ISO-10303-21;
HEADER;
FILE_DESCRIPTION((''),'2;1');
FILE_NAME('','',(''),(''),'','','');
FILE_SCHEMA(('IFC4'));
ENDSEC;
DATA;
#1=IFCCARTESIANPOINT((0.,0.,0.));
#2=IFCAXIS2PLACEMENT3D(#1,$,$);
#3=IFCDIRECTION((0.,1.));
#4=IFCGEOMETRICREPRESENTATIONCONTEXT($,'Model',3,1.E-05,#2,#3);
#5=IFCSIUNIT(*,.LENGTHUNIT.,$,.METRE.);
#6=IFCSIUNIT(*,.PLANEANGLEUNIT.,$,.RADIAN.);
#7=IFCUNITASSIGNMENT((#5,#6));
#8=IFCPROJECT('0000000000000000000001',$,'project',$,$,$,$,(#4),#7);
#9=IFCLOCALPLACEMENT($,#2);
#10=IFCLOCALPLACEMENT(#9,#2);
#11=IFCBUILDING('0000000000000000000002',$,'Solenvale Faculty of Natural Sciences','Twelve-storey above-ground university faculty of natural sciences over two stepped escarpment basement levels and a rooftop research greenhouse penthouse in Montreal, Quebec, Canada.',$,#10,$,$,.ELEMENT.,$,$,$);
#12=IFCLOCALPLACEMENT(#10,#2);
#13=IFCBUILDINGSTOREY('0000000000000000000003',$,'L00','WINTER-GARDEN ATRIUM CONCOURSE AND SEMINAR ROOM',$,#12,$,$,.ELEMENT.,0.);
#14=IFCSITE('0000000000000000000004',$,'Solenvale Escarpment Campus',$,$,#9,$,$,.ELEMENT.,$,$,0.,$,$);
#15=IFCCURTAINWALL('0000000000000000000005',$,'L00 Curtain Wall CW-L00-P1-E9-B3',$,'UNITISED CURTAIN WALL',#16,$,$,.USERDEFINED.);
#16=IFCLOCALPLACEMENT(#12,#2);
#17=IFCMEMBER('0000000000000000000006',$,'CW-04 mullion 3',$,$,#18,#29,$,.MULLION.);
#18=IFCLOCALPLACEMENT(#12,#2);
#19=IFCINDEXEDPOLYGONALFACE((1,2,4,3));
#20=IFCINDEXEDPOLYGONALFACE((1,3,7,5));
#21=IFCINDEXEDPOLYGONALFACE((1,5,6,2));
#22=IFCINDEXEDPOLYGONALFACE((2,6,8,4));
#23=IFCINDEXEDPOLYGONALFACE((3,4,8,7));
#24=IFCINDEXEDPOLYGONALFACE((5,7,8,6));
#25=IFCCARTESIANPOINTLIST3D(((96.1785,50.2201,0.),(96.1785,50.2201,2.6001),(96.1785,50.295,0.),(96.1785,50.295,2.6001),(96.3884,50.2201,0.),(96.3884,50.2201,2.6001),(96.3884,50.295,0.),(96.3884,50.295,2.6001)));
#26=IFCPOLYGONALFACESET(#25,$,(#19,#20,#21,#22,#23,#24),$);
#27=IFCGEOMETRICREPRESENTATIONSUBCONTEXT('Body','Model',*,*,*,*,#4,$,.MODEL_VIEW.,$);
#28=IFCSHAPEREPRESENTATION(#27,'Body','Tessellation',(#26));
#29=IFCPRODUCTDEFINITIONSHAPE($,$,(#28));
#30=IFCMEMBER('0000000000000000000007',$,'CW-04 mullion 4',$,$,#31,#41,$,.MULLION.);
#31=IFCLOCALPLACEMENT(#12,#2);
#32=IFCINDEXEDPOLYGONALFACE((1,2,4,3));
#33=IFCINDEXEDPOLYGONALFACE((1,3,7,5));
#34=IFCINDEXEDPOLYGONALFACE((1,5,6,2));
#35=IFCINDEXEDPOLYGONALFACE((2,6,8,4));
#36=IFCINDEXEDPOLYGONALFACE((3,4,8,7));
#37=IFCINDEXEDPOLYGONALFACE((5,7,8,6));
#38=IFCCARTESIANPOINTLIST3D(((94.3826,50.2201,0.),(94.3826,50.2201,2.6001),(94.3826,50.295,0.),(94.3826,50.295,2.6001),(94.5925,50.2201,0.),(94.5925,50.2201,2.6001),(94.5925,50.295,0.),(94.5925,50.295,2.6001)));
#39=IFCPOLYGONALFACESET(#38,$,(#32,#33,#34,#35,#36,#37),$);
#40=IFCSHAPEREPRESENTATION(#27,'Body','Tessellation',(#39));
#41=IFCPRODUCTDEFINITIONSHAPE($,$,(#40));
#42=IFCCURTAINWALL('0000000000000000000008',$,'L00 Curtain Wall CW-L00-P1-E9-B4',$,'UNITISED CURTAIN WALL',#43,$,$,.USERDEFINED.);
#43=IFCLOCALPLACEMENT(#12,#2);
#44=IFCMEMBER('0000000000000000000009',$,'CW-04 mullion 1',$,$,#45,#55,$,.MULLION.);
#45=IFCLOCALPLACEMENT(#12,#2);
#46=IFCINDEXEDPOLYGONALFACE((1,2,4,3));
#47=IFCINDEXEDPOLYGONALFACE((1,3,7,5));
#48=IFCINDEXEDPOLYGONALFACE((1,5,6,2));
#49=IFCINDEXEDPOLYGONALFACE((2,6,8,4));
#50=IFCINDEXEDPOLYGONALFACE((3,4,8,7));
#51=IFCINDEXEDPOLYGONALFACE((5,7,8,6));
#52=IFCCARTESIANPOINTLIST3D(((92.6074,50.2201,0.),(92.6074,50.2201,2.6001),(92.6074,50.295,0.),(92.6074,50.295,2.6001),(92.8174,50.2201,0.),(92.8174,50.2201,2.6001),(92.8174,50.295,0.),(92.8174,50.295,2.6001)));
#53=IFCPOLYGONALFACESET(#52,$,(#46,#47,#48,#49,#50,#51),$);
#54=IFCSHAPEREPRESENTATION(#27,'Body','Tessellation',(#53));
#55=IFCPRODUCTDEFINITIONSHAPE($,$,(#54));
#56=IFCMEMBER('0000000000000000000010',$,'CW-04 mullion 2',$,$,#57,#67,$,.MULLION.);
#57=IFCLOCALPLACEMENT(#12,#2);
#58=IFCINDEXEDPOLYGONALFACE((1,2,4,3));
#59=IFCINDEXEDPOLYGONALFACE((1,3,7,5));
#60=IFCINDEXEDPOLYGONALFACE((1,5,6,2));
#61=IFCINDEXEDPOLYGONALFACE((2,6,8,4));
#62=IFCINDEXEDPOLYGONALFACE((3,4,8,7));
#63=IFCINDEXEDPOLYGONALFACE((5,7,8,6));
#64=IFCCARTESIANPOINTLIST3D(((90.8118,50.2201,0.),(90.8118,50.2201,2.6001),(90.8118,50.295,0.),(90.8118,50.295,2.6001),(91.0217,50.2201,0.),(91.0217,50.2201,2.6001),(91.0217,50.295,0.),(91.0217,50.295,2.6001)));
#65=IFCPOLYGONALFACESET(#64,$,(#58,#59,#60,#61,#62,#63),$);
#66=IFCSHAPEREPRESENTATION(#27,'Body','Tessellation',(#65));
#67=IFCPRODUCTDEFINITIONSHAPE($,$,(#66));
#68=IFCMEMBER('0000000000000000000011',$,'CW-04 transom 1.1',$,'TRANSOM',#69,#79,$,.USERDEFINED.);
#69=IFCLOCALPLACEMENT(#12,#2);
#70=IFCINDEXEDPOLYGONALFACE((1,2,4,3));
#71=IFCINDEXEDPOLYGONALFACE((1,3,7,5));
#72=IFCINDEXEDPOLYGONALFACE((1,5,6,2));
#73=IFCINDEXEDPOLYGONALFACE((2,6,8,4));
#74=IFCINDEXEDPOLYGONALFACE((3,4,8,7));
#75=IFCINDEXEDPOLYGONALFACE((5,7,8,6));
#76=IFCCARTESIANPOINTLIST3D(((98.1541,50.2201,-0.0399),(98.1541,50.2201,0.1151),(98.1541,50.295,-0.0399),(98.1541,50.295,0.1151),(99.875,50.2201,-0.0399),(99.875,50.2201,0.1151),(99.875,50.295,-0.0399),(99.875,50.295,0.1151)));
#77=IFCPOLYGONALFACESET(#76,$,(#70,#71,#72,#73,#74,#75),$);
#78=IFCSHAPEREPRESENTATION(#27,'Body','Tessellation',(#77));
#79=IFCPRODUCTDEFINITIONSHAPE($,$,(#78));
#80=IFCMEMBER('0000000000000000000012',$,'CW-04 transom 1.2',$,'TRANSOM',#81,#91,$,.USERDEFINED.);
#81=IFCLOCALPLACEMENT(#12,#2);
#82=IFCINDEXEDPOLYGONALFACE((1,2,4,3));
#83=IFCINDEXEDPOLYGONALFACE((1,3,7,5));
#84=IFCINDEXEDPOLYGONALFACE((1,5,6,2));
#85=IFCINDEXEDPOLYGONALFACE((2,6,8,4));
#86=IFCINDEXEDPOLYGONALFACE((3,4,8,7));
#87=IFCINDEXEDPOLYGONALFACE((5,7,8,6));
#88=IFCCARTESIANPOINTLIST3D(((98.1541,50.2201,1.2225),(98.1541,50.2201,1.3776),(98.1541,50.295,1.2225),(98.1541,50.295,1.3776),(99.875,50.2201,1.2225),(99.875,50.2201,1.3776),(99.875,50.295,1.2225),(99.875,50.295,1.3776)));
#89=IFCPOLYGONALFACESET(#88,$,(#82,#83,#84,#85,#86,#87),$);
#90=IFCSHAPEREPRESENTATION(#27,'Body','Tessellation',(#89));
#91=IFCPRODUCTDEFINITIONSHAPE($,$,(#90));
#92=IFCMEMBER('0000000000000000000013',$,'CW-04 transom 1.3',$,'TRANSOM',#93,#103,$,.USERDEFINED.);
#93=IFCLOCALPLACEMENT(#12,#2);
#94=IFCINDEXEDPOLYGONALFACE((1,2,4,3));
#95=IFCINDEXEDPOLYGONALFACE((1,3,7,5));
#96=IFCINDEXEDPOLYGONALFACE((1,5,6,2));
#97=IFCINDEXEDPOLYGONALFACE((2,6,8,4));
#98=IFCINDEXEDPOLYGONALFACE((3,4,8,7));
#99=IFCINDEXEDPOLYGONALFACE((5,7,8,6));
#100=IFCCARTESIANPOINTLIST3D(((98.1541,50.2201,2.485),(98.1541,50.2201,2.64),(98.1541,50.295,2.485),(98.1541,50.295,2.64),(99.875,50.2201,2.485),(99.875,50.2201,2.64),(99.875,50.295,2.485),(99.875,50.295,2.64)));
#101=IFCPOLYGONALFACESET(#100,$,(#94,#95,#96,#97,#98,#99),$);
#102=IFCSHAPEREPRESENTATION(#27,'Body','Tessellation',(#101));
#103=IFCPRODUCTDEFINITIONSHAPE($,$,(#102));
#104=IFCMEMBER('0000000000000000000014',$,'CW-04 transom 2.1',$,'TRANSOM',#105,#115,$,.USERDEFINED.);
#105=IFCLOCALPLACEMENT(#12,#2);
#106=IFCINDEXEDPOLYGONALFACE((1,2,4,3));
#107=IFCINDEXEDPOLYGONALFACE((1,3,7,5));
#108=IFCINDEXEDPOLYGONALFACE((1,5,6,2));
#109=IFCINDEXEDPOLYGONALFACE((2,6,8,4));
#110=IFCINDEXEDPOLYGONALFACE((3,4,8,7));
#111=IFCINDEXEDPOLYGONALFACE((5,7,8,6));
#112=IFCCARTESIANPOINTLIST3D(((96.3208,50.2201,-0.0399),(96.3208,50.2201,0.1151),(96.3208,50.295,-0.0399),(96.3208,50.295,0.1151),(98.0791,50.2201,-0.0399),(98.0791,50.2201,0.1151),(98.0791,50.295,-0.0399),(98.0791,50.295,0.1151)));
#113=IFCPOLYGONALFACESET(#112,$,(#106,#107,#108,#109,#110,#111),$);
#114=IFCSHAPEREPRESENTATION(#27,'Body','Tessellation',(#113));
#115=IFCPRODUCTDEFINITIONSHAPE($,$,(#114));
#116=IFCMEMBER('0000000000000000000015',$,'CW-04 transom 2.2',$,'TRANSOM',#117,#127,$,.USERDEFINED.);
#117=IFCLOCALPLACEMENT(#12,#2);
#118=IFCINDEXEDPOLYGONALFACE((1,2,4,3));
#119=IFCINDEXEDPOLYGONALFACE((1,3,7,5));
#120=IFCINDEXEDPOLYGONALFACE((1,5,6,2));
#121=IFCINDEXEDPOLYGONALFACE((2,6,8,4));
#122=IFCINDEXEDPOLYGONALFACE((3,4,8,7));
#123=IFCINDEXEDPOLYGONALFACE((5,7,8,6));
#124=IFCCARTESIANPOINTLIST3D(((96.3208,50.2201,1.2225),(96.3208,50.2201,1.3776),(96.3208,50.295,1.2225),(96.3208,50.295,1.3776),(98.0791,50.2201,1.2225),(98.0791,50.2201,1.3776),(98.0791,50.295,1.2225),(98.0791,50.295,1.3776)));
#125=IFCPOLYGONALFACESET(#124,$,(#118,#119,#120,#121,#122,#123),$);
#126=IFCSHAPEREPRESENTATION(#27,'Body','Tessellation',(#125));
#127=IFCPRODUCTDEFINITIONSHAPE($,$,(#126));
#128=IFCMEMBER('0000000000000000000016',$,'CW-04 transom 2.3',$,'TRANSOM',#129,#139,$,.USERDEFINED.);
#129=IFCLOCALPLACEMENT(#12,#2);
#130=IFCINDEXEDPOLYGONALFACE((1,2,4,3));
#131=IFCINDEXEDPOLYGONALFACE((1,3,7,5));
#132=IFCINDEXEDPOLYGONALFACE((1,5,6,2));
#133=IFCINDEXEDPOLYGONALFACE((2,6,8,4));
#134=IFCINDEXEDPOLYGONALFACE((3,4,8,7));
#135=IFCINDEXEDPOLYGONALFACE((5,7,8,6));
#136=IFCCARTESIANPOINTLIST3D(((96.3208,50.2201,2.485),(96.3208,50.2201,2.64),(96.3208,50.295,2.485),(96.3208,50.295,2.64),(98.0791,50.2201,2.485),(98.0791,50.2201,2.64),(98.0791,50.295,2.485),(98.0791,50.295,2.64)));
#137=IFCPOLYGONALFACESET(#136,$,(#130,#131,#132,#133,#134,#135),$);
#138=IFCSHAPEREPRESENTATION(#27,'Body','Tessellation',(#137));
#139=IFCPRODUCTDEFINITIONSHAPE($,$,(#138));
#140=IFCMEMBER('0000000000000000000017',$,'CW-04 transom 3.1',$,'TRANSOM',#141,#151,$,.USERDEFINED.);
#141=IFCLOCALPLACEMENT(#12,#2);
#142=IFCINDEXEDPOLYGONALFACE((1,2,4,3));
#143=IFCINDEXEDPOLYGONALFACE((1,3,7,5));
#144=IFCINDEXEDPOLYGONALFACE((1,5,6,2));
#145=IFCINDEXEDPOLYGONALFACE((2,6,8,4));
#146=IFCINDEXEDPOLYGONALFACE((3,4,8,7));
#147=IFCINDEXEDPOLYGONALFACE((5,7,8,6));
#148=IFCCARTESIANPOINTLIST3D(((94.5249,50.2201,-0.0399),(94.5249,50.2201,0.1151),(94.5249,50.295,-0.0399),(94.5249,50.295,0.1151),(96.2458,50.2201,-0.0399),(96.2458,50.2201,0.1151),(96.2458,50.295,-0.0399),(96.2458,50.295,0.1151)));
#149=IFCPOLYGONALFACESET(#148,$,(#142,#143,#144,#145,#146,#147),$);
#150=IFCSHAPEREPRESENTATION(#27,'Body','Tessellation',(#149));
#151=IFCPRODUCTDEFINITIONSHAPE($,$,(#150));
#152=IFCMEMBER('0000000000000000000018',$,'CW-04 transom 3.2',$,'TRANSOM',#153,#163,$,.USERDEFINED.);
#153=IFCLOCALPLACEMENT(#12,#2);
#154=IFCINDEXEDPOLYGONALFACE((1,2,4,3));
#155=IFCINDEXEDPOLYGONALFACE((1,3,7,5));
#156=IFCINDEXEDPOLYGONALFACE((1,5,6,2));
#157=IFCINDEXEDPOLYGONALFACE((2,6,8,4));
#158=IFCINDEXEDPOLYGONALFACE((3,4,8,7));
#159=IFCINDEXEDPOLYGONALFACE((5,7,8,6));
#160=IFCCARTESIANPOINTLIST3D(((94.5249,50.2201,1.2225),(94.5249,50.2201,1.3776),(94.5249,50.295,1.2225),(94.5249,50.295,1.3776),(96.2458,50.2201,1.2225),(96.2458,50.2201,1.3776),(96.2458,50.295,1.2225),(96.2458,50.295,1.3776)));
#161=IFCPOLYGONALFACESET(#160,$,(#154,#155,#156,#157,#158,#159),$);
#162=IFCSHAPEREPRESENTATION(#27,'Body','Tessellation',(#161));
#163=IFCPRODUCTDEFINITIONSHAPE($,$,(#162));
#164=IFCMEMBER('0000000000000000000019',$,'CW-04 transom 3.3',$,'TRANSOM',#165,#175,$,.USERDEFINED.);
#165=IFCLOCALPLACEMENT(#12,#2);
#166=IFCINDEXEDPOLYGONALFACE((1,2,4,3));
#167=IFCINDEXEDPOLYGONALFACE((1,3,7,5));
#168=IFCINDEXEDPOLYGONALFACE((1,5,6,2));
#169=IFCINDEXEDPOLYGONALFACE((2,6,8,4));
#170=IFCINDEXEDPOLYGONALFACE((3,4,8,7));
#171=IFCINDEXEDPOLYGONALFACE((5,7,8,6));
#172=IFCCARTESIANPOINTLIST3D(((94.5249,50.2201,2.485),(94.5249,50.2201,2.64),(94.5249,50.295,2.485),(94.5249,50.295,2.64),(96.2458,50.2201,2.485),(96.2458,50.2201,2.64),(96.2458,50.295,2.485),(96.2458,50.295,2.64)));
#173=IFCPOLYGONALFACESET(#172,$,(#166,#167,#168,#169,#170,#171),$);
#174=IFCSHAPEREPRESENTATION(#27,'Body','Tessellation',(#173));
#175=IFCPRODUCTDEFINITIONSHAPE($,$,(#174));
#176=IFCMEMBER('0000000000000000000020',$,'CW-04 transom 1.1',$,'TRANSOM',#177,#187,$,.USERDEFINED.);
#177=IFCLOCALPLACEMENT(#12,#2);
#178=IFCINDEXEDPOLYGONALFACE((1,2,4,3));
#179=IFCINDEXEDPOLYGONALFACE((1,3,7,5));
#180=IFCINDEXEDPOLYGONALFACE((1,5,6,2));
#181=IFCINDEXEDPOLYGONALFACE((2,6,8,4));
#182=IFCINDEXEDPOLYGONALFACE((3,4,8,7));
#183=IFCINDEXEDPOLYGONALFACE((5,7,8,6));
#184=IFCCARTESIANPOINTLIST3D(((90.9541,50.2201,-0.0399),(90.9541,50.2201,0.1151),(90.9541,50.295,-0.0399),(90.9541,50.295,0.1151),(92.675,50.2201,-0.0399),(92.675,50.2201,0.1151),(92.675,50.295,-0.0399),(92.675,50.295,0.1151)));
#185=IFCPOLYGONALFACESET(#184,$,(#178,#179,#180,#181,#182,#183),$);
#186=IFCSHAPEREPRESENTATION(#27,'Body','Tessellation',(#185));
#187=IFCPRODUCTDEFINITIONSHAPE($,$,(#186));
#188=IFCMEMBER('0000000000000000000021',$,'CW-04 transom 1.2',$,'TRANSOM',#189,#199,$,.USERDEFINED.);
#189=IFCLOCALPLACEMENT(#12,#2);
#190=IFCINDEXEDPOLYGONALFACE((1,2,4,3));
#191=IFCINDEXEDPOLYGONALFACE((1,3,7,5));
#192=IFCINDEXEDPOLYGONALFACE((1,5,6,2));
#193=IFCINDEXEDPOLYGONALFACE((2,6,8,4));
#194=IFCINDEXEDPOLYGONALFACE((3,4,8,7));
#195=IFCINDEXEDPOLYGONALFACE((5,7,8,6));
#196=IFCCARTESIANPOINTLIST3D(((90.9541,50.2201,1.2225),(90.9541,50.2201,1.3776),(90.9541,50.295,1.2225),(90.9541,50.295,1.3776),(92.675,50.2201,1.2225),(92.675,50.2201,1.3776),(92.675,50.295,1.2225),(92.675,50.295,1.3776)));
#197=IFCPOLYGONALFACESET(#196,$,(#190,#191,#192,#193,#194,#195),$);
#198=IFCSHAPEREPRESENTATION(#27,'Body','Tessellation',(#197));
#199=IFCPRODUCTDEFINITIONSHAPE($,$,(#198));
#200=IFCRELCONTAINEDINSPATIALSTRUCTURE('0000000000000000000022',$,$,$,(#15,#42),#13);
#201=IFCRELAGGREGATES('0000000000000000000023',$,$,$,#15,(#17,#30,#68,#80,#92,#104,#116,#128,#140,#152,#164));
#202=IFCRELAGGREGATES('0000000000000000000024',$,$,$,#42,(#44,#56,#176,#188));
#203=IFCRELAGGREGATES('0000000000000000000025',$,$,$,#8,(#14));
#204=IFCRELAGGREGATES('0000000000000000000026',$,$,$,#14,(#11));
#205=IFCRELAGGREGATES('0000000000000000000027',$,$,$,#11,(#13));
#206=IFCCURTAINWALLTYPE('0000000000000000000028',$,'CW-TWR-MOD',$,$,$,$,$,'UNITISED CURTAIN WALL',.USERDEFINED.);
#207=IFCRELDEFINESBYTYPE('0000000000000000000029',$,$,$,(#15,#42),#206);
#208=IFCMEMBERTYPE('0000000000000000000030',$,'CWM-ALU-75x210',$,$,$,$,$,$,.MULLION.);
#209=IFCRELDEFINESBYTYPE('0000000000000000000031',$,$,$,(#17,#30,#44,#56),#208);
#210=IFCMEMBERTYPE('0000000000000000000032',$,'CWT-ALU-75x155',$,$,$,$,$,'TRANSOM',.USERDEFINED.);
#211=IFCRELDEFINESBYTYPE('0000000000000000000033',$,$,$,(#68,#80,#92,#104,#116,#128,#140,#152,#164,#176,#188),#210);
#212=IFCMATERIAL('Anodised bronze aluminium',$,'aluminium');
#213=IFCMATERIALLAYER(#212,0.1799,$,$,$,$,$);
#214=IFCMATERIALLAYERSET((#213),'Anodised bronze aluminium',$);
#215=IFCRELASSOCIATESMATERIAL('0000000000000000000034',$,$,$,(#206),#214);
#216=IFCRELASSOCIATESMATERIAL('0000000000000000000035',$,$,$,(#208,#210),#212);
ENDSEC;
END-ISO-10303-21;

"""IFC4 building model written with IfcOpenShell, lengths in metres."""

from ifc_helpers import new_model, si_unit, direction, frame, origin, origin_2d, place, context, subcontext, project, spatial, rectangle, extrude, material, layer, layer_set, material_profile, profile_set, type_object, element, aggregate, save


model = new_model("IFC4")

# Units and contexts
model_context = context("Model", 3, precision=1e-05, world=origin(), true_north=direction((0.0, 1.0)))
body_context = subcontext(model_context, "Body", "Model", "MODEL_VIEW")
ifc_project = project(units=[si_unit("LENGTHUNIT", "METRE"), si_unit("PLANEANGLEUNIT", "RADIAN")], contexts=[model_context])

# Site, building, storey
site_placement = place(None, origin())
site = spatial("IfcSite", under=ifc_project, at=site_placement, Name="Solenvale Escarpment Campus", CompositionType="ELEMENT", RefElevation=0.0)
building_placement = place(site_placement, origin())
building = spatial("IfcBuilding", under=site, at=building_placement, Name="Solenvale Faculty of Natural Sciences", Description="Twelve-storey above-ground university faculty of natural sciences over two stepped escarpment basement levels and a rooftop research greenhouse penthouse in Montreal, Quebec, Canada.", CompositionType="ELEMENT")
storey_placement = place(building_placement, origin())
storey = spatial("IfcBuildingStorey", under=building, at=storey_placement, Name="L00", Description="WINTER-GARDEN ATRIUM CONCOURSE AND SEMINAR ROOM", CompositionType="ELEMENT", Elevation=0.0)

# Curtain walls, members
ifc_material_1 = material(Name="Anodised bronze aluminium", Category="aluminium")
ifc_layer_1 = layer(ifc_material_1, 0.1799)
ifc_layer_set_1 = layer_set([ifc_layer_1], Name="Anodised bronze aluminium")
curtain_wall_type = type_object("IfcCurtainWallType", Name="CW-TWR-MOD", ElementType="UNITISED CURTAIN WALL", PredefinedType="USERDEFINED", material=ifc_layer_set_1)
curtain_wall_1_placement = place(storey_placement, origin())
curtain_wall_1 = element("IfcCurtainWall", 1, at=curtain_wall_1_placement, inside=storey, type_object=curtain_wall_type, Name="L00 Curtain Wall CW-L00-P1-E9-B3", ObjectType="UNITISED CURTAIN WALL", PredefinedType="USERDEFINED")
ifc_material_profile_1 = material_profile(ifc_material_1, rectangle(XDim=0.075, YDim=0.21, at=origin_2d()), Name="ALU-MUL-75x210")
ifc_profile_set_1 = profile_set([ifc_material_profile_1], Name="Anodised bronze aluminium")
member_type_1 = type_object("IfcMemberType", Name="CWM-ALU-75x210", PredefinedType="MULLION", material=ifc_profile_set_1)
member_1_placement = place(storey_placement, frame((96.2834, 50.2576, 0.0), z_axis=(0.0, 0.0, 1.0), x_axis=(0.0, -1.0, 0.0)))
member_1 = element("IfcMember", 2, at=member_1_placement, type_object=member_type_1, Name="CW-04 mullion 3", PredefinedType="MULLION", context=body_context, shape_type="SweptSolid", body=[
    extrude(rectangle(XDim=0.075, YDim=0.21, at=origin_2d()), origin(), (0.0, 0.0, 1.0), 2.6001),
])
member_2_placement = place(storey_placement, frame((94.4875, 50.2576, 0.0), z_axis=(0.0, 0.0, 1.0), x_axis=(0.0, -1.0, 0.0)))
member_2 = element("IfcMember", 3, at=member_2_placement, type_object=member_type_1, Name="CW-04 mullion 4", PredefinedType="MULLION", context=body_context, shape_type="SweptSolid", body=[
    extrude(rectangle(XDim=0.075, YDim=0.21, at=origin_2d()), origin(), (0.0, 0.0, 1.0), 2.6001),
])
curtain_wall_2_placement = place(storey_placement, origin())
curtain_wall_2 = element("IfcCurtainWall", 4, at=curtain_wall_2_placement, inside=storey, type_object=curtain_wall_type, Name="L00 Curtain Wall CW-L00-P1-E9-B4", ObjectType="UNITISED CURTAIN WALL", PredefinedType="USERDEFINED")
member_3_placement = place(storey_placement, frame((92.7124, 50.2576, 0.0), z_axis=(0.0, 0.0, 1.0), x_axis=(0.0, -1.0, 0.0)))
member_3 = element("IfcMember", 5, at=member_3_placement, type_object=member_type_1, Name="CW-04 mullion 1", PredefinedType="MULLION", context=body_context, shape_type="SweptSolid", body=[
    extrude(rectangle(XDim=0.075, YDim=0.21, at=origin_2d()), origin(), (0.0, 0.0, 1.0), 2.6001),
])
member_4_placement = place(storey_placement, frame((90.9167, 50.2576, 0.0), z_axis=(0.0, 0.0, 1.0), x_axis=(0.0, -1.0, 0.0)))
member_4 = element("IfcMember", 6, at=member_4_placement, type_object=member_type_1, Name="CW-04 mullion 2", PredefinedType="MULLION", context=body_context, shape_type="SweptSolid", body=[
    extrude(rectangle(XDim=0.075, YDim=0.21, at=origin_2d()), origin(), (0.0, 0.0, 1.0), 2.6001),
])

# Members
ifc_material_profile_2 = material_profile(ifc_material_1, rectangle(XDim=0.075, YDim=0.155, at=origin_2d()), Name="ALU-TRN-75x155")
ifc_profile_set_2 = profile_set([ifc_material_profile_2], Name="Anodised bronze aluminium")
member_type_2 = type_object("IfcMemberType", Name="CWT-ALU-75x155", ElementType="TRANSOM", PredefinedType="USERDEFINED", material=ifc_profile_set_2)
member_5_placement = place(storey_placement, frame((99.875, 50.2576, 0.0376), z_axis=(-1.0, 0.0, 0.0), x_axis=(0.0, -1.0, 0.0)))
member_5 = element("IfcMember", 7, at=member_5_placement, type_object=member_type_2, Name="CW-04 transom 1.1", ObjectType="TRANSOM", PredefinedType="USERDEFINED", context=body_context, shape_type="SweptSolid", body=[
    extrude(rectangle(XDim=0.075, YDim=0.155, at=origin_2d()), origin(), (0.0, 0.0, 1.0), 1.7209),
])
member_6_placement = place(storey_placement, frame((99.875, 50.2576, 1.3), z_axis=(-1.0, 0.0, 0.0), x_axis=(0.0, -1.0, 0.0)))
member_6 = element("IfcMember", 8, at=member_6_placement, type_object=member_type_2, Name="CW-04 transom 1.2", ObjectType="TRANSOM", PredefinedType="USERDEFINED", context=body_context, shape_type="SweptSolid", body=[
    extrude(rectangle(XDim=0.075, YDim=0.155, at=origin_2d()), origin(), (0.0, 0.0, 1.0), 1.7209),
])
member_7_placement = place(storey_placement, frame((99.875, 50.2576, 2.5625), z_axis=(-1.0, 0.0, 0.0), x_axis=(0.0, -1.0, 0.0)))
member_7 = element("IfcMember", 9, at=member_7_placement, type_object=member_type_2, Name="CW-04 transom 1.3", ObjectType="TRANSOM", PredefinedType="USERDEFINED", context=body_context, shape_type="SweptSolid", body=[
    extrude(rectangle(XDim=0.075, YDim=0.155, at=origin_2d()), origin(), (0.0, 0.0, 1.0), 1.7209),
])
member_8_placement = place(storey_placement, frame((98.0791, 50.2576, 0.0376), z_axis=(-1.0, 0.0, 0.0), x_axis=(0.0, -1.0, 0.0)))
member_8 = element("IfcMember", 10, at=member_8_placement, type_object=member_type_2, Name="CW-04 transom 2.1", ObjectType="TRANSOM", PredefinedType="USERDEFINED", context=body_context, shape_type="SweptSolid", body=[
    extrude(rectangle(XDim=0.075, YDim=0.155, at=origin_2d()), origin(), (0.0, 0.0, 1.0), 1.7583),
])
member_9_placement = place(storey_placement, frame((98.0791, 50.2576, 1.3), z_axis=(-1.0, 0.0, 0.0), x_axis=(0.0, -1.0, 0.0)))
member_9 = element("IfcMember", 11, at=member_9_placement, type_object=member_type_2, Name="CW-04 transom 2.2", ObjectType="TRANSOM", PredefinedType="USERDEFINED", context=body_context, shape_type="SweptSolid", body=[
    extrude(rectangle(XDim=0.075, YDim=0.155, at=origin_2d()), origin(), (0.0, 0.0, 1.0), 1.7583),
])
member_10_placement = place(storey_placement, frame((98.0791, 50.2576, 2.5625), z_axis=(-1.0, 0.0, 0.0), x_axis=(0.0, -1.0, 0.0)))
member_10 = element("IfcMember", 12, at=member_10_placement, type_object=member_type_2, Name="CW-04 transom 2.3", ObjectType="TRANSOM", PredefinedType="USERDEFINED", context=body_context, shape_type="SweptSolid", body=[
    extrude(rectangle(XDim=0.075, YDim=0.155, at=origin_2d()), origin(), (0.0, 0.0, 1.0), 1.7583),
])
member_11_placement = place(storey_placement, frame((96.2458, 50.2576, 0.0376), z_axis=(-1.0, 0.0, 0.0), x_axis=(0.0, -1.0, 0.0)))
member_11 = element("IfcMember", 13, at=member_11_placement, type_object=member_type_2, Name="CW-04 transom 3.1", ObjectType="TRANSOM", PredefinedType="USERDEFINED", context=body_context, shape_type="SweptSolid", body=[
    extrude(rectangle(XDim=0.075, YDim=0.155, at=origin_2d()), origin(), (0.0, 0.0, 1.0), 1.7209),
])
member_12_placement = place(storey_placement, frame((96.2458, 50.2576, 1.3), z_axis=(-1.0, 0.0, 0.0), x_axis=(0.0, -1.0, 0.0)))
member_12 = element("IfcMember", 14, at=member_12_placement, type_object=member_type_2, Name="CW-04 transom 3.2", ObjectType="TRANSOM", PredefinedType="USERDEFINED", context=body_context, shape_type="SweptSolid", body=[
    extrude(rectangle(XDim=0.075, YDim=0.155, at=origin_2d()), origin(), (0.0, 0.0, 1.0), 1.7209),
])
member_13_placement = place(storey_placement, frame((96.2458, 50.2576, 2.5625), z_axis=(-1.0, 0.0, 0.0), x_axis=(0.0, -1.0, 0.0)))
member_13 = element("IfcMember", 15, at=member_13_placement, type_object=member_type_2, Name="CW-04 transom 3.3", ObjectType="TRANSOM", PredefinedType="USERDEFINED", context=body_context, shape_type="SweptSolid", body=[
    extrude(rectangle(XDim=0.075, YDim=0.155, at=origin_2d()), origin(), (0.0, 0.0, 1.0), 1.7209),
])
member_14_placement = place(storey_placement, frame((92.675, 50.2576, 0.0376), z_axis=(-1.0, 0.0, 0.0), x_axis=(0.0, -1.0, 0.0)))
member_14 = element("IfcMember", 16, at=member_14_placement, type_object=member_type_2, Name="CW-04 transom 1.1", ObjectType="TRANSOM", PredefinedType="USERDEFINED", context=body_context, shape_type="SweptSolid", body=[
    extrude(rectangle(XDim=0.075, YDim=0.155, at=origin_2d()), origin(), (0.0, 0.0, 1.0), 1.7209),
])
member_15_placement = place(storey_placement, frame((92.675, 50.2576, 1.3), z_axis=(-1.0, 0.0, 0.0), x_axis=(0.0, -1.0, 0.0)))
member_15 = element("IfcMember", 17, at=member_15_placement, type_object=member_type_2, Name="CW-04 transom 1.2", ObjectType="TRANSOM", PredefinedType="USERDEFINED", context=body_context, shape_type="SweptSolid", body=[
    extrude(rectangle(XDim=0.075, YDim=0.155, at=origin_2d()), origin(), (0.0, 0.0, 1.0), 1.7209),
])

aggregate(curtain_wall_1, [member_1, member_2, member_5, member_6, member_7, member_8, member_9, member_10, member_11, member_12, member_13])
aggregate(curtain_wall_2, [member_3, member_4, member_14, member_15])

save(model, "model.ifc")
